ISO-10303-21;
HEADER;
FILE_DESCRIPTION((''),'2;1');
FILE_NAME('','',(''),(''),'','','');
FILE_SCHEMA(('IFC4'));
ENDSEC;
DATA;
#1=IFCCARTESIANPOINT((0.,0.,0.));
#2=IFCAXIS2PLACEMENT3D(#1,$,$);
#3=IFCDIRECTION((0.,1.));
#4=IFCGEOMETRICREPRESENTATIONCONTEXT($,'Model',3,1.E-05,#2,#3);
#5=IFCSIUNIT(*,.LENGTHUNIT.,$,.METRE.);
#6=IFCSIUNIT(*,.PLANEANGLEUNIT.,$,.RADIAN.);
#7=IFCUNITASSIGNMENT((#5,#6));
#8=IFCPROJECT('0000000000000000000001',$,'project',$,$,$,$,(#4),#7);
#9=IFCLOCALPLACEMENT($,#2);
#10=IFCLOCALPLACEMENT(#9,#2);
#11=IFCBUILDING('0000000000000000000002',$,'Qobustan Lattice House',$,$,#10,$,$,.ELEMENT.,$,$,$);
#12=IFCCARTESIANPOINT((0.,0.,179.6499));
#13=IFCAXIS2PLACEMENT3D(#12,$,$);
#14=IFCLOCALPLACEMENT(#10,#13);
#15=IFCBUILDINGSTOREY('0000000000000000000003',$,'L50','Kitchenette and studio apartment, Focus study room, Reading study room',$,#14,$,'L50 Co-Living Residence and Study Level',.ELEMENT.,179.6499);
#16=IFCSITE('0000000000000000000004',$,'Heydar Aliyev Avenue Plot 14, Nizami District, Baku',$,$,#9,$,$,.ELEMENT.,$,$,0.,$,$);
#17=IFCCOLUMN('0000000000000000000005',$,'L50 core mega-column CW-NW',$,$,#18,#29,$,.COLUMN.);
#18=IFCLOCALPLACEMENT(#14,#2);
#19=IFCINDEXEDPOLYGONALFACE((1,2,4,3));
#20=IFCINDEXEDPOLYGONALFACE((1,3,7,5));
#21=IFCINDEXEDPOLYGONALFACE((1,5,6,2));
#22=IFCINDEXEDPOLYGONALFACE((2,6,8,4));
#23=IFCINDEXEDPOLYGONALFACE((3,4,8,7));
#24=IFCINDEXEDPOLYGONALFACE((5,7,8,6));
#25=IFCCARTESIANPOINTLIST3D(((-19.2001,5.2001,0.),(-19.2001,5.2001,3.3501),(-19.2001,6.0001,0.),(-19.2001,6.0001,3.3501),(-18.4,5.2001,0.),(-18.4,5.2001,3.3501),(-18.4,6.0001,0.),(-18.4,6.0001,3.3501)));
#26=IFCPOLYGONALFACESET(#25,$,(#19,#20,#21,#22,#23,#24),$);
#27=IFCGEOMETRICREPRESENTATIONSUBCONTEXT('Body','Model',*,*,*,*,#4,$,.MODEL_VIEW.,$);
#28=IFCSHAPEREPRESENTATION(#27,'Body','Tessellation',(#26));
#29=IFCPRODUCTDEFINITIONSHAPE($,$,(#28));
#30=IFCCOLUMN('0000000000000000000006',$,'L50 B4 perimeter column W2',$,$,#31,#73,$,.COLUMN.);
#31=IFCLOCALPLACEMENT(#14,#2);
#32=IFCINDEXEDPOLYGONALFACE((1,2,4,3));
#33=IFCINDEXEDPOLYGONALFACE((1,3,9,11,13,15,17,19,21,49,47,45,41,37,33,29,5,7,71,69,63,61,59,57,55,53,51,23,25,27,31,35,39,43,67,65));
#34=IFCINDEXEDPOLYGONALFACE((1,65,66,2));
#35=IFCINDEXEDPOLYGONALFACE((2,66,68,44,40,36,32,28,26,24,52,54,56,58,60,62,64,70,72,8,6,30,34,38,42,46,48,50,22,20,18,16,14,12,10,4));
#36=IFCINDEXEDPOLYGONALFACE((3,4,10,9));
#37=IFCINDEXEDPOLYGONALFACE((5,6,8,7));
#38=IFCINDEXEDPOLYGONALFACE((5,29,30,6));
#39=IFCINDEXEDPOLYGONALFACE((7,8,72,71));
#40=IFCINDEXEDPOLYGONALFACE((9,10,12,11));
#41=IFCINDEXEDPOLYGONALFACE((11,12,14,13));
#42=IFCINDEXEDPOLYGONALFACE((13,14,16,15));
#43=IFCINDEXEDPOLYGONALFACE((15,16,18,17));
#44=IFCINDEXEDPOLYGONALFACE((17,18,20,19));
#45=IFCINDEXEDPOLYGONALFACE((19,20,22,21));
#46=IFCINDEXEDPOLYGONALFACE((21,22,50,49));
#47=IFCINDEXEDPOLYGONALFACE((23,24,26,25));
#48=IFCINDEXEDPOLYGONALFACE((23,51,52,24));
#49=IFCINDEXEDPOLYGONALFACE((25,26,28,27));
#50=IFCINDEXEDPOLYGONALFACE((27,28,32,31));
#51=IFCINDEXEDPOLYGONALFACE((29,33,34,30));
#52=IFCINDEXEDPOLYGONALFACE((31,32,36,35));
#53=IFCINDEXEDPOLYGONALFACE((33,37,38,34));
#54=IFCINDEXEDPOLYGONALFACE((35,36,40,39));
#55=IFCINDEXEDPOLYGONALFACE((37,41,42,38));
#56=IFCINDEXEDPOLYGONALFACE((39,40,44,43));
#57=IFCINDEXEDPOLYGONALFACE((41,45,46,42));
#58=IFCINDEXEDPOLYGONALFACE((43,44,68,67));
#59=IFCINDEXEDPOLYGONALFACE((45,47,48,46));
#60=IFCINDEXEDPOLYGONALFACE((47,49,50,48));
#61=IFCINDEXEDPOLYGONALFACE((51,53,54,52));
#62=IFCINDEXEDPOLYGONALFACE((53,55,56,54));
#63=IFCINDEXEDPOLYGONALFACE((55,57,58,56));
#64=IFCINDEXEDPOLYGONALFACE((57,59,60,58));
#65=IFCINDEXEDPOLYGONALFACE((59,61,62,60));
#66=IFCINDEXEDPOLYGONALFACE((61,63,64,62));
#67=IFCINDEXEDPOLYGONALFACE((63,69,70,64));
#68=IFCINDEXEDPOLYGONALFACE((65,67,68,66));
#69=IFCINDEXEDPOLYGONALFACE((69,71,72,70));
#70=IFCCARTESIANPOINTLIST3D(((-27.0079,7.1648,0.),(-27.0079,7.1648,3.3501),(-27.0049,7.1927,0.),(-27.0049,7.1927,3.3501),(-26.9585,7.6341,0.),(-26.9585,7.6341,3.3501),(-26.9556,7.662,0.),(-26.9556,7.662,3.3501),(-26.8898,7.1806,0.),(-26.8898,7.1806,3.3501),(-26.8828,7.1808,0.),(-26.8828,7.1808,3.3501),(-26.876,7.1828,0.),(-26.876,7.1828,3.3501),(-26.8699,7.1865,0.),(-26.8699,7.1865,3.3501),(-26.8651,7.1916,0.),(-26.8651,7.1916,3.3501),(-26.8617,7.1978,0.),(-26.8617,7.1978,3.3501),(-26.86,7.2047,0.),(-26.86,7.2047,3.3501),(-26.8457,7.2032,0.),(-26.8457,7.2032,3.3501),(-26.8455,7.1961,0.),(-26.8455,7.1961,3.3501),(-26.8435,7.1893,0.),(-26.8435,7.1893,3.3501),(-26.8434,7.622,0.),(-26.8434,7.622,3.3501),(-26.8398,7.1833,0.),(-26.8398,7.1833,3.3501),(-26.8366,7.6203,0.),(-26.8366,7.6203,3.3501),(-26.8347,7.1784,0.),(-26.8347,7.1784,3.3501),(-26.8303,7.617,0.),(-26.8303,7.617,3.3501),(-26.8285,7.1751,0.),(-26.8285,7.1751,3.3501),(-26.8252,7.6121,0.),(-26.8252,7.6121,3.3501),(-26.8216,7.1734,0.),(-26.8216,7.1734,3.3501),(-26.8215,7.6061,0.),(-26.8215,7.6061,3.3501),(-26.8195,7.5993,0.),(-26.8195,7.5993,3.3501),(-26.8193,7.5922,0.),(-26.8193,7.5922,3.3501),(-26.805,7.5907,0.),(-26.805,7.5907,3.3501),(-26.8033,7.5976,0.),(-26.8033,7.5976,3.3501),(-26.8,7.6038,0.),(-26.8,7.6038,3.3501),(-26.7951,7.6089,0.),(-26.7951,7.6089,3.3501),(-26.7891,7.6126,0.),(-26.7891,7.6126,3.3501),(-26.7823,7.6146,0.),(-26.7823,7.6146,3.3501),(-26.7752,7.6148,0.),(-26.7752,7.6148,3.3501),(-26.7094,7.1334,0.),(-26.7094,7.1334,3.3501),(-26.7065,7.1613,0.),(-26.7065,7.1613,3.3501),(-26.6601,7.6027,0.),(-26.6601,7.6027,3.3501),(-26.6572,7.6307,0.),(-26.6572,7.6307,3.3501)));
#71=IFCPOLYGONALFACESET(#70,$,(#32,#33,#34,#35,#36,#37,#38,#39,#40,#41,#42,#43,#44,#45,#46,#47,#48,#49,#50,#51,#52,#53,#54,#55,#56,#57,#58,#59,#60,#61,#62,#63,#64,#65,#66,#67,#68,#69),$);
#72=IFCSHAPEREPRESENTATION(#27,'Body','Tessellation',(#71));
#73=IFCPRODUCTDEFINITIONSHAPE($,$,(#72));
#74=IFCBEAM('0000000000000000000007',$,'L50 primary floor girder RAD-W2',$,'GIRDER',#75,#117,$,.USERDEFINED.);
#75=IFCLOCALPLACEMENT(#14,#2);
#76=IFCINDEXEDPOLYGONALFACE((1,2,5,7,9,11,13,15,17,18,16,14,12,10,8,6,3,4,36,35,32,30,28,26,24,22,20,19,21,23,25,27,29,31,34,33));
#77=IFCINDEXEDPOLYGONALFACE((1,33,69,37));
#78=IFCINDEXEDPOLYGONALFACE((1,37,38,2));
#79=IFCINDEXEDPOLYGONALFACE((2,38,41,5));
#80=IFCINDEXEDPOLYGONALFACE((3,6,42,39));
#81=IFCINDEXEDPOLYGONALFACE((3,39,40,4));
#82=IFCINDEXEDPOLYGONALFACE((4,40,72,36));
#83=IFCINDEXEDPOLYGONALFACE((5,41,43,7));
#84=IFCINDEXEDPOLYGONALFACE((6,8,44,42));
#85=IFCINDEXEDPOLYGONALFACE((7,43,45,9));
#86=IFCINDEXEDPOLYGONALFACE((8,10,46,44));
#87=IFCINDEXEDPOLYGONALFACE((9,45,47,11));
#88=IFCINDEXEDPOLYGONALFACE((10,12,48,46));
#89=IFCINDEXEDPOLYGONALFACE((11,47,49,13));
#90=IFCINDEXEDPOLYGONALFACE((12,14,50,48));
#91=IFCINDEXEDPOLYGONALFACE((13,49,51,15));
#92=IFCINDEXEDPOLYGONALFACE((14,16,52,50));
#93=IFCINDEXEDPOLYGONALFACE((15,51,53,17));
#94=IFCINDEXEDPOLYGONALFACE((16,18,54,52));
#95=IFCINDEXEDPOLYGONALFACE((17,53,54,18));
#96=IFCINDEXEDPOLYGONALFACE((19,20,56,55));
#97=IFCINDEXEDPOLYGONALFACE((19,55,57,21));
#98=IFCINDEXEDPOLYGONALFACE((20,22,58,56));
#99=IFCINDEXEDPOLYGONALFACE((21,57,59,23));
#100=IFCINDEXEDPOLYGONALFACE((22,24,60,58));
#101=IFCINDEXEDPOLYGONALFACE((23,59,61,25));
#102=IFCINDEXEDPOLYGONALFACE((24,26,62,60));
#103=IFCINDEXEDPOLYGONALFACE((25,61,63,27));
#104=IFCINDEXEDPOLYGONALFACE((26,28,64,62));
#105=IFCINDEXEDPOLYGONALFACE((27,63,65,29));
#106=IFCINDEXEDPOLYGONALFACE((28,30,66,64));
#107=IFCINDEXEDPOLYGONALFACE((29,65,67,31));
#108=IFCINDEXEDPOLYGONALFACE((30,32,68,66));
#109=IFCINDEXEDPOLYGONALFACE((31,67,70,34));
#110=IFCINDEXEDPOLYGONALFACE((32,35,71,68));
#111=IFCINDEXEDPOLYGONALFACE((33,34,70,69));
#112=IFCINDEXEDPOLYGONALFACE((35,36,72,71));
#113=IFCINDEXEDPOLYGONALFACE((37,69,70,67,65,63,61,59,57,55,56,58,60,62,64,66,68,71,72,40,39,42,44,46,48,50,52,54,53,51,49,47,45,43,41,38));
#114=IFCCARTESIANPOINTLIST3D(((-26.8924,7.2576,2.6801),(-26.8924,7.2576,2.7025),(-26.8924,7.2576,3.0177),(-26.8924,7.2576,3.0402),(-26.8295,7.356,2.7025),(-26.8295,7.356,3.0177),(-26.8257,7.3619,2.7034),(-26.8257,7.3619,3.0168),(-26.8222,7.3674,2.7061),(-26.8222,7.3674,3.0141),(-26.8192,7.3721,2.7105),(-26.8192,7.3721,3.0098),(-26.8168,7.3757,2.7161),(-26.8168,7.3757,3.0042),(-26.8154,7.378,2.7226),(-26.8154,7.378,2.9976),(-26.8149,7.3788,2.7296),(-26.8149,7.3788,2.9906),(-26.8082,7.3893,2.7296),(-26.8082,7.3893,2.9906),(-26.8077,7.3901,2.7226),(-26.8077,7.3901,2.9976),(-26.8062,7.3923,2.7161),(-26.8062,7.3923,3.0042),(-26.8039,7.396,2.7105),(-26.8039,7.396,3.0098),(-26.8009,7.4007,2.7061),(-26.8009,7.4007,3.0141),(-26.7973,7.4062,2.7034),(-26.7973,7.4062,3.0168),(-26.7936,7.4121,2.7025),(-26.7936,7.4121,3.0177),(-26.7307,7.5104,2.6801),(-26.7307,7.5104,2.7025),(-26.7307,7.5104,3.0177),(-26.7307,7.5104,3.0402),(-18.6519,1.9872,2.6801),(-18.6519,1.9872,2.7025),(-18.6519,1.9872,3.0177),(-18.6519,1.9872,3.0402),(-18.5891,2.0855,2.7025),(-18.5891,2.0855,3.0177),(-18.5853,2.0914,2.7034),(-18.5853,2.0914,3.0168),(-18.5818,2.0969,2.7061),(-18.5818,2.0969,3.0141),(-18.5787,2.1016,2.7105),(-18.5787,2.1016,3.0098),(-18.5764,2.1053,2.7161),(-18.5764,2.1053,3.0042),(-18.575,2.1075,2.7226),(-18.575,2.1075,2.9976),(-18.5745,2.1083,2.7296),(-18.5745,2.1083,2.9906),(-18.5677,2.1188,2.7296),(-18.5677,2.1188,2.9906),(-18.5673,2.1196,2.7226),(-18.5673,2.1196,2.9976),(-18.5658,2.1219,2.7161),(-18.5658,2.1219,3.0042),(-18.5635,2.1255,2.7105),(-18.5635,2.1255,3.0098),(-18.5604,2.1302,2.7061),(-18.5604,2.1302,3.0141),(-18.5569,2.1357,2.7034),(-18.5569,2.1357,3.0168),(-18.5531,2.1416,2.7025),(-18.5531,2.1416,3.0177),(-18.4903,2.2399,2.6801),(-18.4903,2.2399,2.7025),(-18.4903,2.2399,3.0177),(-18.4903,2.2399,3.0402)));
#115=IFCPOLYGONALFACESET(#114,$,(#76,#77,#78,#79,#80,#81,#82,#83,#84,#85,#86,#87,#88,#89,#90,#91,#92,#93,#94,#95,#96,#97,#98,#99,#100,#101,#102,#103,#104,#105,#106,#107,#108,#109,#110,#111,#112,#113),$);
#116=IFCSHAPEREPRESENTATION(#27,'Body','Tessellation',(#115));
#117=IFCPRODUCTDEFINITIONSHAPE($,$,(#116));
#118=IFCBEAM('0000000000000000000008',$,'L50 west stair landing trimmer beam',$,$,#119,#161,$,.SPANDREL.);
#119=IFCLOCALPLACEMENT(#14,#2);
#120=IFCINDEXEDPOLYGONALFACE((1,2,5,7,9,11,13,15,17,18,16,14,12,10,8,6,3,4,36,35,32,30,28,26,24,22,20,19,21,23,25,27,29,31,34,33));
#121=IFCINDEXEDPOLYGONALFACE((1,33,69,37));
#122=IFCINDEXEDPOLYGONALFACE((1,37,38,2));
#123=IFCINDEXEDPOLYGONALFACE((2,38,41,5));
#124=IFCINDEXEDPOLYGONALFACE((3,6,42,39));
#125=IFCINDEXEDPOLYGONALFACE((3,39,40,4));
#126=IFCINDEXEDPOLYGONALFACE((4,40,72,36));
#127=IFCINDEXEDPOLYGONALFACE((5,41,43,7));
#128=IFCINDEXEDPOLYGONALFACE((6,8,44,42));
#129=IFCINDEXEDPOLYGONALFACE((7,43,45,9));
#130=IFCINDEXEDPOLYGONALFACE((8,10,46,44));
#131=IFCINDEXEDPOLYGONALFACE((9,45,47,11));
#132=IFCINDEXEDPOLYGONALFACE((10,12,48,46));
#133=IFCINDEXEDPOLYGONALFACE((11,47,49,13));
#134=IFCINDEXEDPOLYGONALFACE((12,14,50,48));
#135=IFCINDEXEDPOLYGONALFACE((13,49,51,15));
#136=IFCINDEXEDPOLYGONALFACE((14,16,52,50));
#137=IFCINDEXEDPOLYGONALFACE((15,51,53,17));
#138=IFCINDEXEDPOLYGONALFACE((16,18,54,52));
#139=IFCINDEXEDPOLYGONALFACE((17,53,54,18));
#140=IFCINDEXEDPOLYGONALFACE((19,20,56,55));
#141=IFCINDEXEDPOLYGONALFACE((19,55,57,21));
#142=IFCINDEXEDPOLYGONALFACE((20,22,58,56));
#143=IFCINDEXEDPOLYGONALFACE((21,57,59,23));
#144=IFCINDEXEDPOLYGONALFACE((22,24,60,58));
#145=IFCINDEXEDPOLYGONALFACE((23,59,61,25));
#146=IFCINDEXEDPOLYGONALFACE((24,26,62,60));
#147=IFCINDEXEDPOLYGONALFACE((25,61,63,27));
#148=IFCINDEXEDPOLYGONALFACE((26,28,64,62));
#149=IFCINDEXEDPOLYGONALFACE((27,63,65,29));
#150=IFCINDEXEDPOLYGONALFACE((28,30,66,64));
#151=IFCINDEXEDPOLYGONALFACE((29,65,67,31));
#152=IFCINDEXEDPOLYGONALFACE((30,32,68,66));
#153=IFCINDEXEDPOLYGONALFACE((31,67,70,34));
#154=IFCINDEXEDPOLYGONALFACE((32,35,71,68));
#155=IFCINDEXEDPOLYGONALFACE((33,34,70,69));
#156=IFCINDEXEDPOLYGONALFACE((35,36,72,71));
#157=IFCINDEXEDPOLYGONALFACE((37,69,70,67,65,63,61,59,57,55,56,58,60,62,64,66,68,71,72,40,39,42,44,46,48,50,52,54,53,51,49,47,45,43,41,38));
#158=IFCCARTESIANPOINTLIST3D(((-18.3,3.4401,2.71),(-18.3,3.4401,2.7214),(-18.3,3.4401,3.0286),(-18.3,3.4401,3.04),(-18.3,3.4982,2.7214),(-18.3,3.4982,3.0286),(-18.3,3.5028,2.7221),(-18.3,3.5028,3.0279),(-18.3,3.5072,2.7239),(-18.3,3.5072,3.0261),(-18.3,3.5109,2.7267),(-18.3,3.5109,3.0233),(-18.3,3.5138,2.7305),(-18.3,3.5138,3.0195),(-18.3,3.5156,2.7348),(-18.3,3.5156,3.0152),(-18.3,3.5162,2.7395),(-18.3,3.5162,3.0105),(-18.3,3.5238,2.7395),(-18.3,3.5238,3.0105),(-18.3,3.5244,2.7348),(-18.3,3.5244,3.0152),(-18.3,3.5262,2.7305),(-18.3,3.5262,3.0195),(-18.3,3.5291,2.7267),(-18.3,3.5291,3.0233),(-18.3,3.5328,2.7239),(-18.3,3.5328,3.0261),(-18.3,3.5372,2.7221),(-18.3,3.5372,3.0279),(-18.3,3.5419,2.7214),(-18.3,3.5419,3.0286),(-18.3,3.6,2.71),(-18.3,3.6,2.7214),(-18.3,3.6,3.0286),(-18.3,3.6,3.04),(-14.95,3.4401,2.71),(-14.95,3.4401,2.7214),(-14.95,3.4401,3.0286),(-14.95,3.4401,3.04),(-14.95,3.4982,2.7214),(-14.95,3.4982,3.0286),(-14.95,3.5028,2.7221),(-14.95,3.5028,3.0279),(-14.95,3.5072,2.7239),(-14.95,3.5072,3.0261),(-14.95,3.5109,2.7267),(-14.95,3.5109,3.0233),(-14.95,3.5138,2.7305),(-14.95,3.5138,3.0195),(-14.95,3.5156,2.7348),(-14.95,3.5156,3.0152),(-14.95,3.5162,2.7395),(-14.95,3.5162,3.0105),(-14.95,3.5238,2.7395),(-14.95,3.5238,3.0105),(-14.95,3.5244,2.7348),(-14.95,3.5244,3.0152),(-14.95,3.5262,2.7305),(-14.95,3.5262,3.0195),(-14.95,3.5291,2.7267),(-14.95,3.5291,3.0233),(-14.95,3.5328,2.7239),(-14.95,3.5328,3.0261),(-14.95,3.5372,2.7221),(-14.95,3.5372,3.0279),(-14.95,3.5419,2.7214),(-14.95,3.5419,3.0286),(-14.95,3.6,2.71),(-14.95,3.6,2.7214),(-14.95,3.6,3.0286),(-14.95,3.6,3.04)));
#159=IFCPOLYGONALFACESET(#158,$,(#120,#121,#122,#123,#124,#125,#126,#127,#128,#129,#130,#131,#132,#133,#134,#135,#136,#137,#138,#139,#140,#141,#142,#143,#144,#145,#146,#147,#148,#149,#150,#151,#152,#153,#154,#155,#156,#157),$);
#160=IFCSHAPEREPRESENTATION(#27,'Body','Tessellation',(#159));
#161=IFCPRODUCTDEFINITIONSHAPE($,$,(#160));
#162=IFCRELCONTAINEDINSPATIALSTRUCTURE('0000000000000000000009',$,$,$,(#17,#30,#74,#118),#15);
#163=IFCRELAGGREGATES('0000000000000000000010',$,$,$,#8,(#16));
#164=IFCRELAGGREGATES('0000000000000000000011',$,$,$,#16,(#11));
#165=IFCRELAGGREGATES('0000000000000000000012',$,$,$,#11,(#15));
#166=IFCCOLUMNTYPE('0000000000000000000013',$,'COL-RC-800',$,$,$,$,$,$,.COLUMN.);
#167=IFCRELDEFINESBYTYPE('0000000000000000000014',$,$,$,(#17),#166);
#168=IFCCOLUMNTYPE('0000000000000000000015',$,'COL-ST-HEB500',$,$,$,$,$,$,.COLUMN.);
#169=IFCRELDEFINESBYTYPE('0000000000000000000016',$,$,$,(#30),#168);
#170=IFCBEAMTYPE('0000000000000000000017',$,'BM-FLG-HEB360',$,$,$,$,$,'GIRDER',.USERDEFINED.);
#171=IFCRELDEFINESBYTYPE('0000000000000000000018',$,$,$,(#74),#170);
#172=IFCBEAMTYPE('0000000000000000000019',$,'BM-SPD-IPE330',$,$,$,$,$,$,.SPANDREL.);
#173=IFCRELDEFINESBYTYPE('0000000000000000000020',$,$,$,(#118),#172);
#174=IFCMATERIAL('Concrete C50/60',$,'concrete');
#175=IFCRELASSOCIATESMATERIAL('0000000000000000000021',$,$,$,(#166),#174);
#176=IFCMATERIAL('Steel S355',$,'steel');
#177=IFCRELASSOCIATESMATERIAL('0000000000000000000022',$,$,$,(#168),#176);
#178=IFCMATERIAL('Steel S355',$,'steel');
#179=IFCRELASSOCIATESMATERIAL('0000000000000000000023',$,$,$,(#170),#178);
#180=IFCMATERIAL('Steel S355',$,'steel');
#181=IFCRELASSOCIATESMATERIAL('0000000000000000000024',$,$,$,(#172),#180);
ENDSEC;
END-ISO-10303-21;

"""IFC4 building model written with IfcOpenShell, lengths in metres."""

from ifc_helpers import new_model, si_unit, direction, frame, origin, origin_2d, place, context, subcontext, project, spatial, rectangle, i_section, extrude, material, material_profile, profile_set, type_object, element, save


model = new_model("IFC4")

# Units and contexts
model_context = context("Model", 3, precision=1e-05, world=origin(), true_north=direction((0.0, 1.0)))
body_context = subcontext(model_context, "Body", "Model", "MODEL_VIEW")
ifc_project = project(units=[si_unit("LENGTHUNIT", "METRE"), si_unit("PLANEANGLEUNIT", "RADIAN")], contexts=[model_context])

# Site, building, storey
site_placement = place(None, origin())
site = spatial("IfcSite", under=ifc_project, at=site_placement, Name="Heydar Aliyev Avenue Plot 14, Nizami District, Baku", CompositionType="ELEMENT", RefElevation=0.0)
building_placement = place(site_placement, origin())
building = spatial("IfcBuilding", under=site, at=building_placement, Name="Qobustan Lattice House", CompositionType="ELEMENT")
storey_placement = place(building_placement, frame((0.0, 0.0, 179.6499)))
storey = spatial("IfcBuildingStorey", under=building, at=storey_placement, Name="L50", Description="Kitchenette and studio apartment, Focus study room, Reading study room", LongName="L50 Co-Living Residence and Study Level", CompositionType="ELEMENT", Elevation=179.6499)

# Columns
ifc_material_1 = material(Name="Concrete C50/60", Category="concrete")
ifc_material_profile_1 = material_profile(ifc_material_1, rectangle(XDim=0.8, YDim=0.8, at=origin_2d()), Name="RC800x800")
ifc_profile_set_1 = profile_set([ifc_material_profile_1], Name="Concrete C50/60")
column_type_1 = type_object("IfcColumnType", Name="COL-RC-800", PredefinedType="COLUMN", material=ifc_profile_set_1)
column_1_placement = place(storey_placement, frame((-18.8, 5.6001, 0.0), z_axis=(0.0, 0.0, 1.0), x_axis=(1.0, 0.0, 0.0)))
element("IfcColumn", 1, at=column_1_placement, inside=storey, type_object=column_type_1, Name="L50 core mega-column CW-NW", PredefinedType="COLUMN", context=body_context, shape_type="SweptSolid", body=[
    extrude(rectangle(XDim=0.8, YDim=0.8, at=origin_2d()), origin(), (0.0, 0.0, 1.0), 3.3501),
])
ifc_material_2 = material(Name="Steel S355", Category="steel")
ifc_material_profile_2 = material_profile(ifc_material_2, i_section(OverallWidth=0.3, OverallDepth=0.5, WebThickness=0.0144, FlangeThickness=0.0281, FilletRadius=0.0271, at=origin_2d()), Name="HEB500")
ifc_profile_set_2 = profile_set([ifc_material_profile_2], Name="Steel S355")
column_type_2 = type_object("IfcColumnType", Name="COL-ST-HEB500", PredefinedType="COLUMN", material=ifc_profile_set_2)
column_2_placement = place(storey_placement, frame((-26.8325, 7.3977, 0.0), z_axis=(0.0, 0.0, 1.0), x_axis=(0.994522, -0.104528, 0.0)))
element("IfcColumn", 2, at=column_2_placement, inside=storey, type_object=column_type_2, Name="L50 B4 perimeter column W2", PredefinedType="COLUMN", context=body_context, shape_type="SweptSolid", body=[
    extrude(i_section(OverallWidth=0.3, OverallDepth=0.5, WebThickness=0.0144, FlangeThickness=0.0281, FilletRadius=0.0271, at=origin_2d()), origin(), (0.0, 0.0, 1.0), 3.3501),
])

# Beams
ifc_material_3 = material(Name="Steel S355", Category="steel")
ifc_material_profile_3 = material_profile(ifc_material_3, i_section(OverallWidth=0.3, OverallDepth=0.3601, WebThickness=0.0125, FlangeThickness=0.0225, FilletRadius=0.0271, at=origin_2d()), Name="HEB360")
ifc_profile_set_3 = profile_set([ifc_material_profile_3], Name="Steel S355")
beam_type_1 = type_object("IfcBeamType", Name="BM-FLG-HEB360", ElementType="GIRDER", PredefinedType="USERDEFINED", material=ifc_profile_set_3)
beam_1_placement = place(storey_placement, frame((-26.8115, 7.384, 2.8601), z_axis=(0.842429, -0.538807, 0.0), x_axis=(0.538807, 0.842429, 0.0)))
element("IfcBeam", 3, at=beam_1_placement, inside=storey, type_object=beam_type_1, Name="L50 primary floor girder RAD-W2", ObjectType="GIRDER", PredefinedType="USERDEFINED", context=body_context, shape_type="SweptSolid", body=[
    extrude(i_section(OverallWidth=0.3, OverallDepth=0.3601, WebThickness=0.0125, FlangeThickness=0.0225, FilletRadius=0.0271, at=origin_2d()), origin(), (0.0, 0.0, 1.0), 9.7817),
])
ifc_material_4 = material(Name="Steel S355", Category="steel")
ifc_material_profile_4 = material_profile(ifc_material_4, i_section(OverallWidth=0.1599, OverallDepth=0.3301, WebThickness=0.0076, FlangeThickness=0.0115, FilletRadius=0.0181, at=origin_2d()), Name="IPE330")
ifc_profile_set_4 = profile_set([ifc_material_profile_4], Name="Steel S355")
beam_type_2 = type_object("IfcBeamType", Name="BM-SPD-IPE330", PredefinedType="SPANDREL", material=ifc_profile_set_4)
beam_2_placement = place(storey_placement, frame((-18.3, 3.52, 2.875), z_axis=(1.0, 0.0, 0.0), x_axis=(0.0, 1.0, 0.0)))
element("IfcBeam", 4, at=beam_2_placement, inside=storey, type_object=beam_type_2, Name="L50 west stair landing trimmer beam", PredefinedType="SPANDREL", context=body_context, shape_type="SweptSolid", body=[
    extrude(i_section(OverallWidth=0.1599, OverallDepth=0.3301, WebThickness=0.0076, FlangeThickness=0.0115, FilletRadius=0.0181, at=origin_2d()), origin(), (0.0, 0.0, 1.0), 3.3501),
])

save(model, "model.ifc")
